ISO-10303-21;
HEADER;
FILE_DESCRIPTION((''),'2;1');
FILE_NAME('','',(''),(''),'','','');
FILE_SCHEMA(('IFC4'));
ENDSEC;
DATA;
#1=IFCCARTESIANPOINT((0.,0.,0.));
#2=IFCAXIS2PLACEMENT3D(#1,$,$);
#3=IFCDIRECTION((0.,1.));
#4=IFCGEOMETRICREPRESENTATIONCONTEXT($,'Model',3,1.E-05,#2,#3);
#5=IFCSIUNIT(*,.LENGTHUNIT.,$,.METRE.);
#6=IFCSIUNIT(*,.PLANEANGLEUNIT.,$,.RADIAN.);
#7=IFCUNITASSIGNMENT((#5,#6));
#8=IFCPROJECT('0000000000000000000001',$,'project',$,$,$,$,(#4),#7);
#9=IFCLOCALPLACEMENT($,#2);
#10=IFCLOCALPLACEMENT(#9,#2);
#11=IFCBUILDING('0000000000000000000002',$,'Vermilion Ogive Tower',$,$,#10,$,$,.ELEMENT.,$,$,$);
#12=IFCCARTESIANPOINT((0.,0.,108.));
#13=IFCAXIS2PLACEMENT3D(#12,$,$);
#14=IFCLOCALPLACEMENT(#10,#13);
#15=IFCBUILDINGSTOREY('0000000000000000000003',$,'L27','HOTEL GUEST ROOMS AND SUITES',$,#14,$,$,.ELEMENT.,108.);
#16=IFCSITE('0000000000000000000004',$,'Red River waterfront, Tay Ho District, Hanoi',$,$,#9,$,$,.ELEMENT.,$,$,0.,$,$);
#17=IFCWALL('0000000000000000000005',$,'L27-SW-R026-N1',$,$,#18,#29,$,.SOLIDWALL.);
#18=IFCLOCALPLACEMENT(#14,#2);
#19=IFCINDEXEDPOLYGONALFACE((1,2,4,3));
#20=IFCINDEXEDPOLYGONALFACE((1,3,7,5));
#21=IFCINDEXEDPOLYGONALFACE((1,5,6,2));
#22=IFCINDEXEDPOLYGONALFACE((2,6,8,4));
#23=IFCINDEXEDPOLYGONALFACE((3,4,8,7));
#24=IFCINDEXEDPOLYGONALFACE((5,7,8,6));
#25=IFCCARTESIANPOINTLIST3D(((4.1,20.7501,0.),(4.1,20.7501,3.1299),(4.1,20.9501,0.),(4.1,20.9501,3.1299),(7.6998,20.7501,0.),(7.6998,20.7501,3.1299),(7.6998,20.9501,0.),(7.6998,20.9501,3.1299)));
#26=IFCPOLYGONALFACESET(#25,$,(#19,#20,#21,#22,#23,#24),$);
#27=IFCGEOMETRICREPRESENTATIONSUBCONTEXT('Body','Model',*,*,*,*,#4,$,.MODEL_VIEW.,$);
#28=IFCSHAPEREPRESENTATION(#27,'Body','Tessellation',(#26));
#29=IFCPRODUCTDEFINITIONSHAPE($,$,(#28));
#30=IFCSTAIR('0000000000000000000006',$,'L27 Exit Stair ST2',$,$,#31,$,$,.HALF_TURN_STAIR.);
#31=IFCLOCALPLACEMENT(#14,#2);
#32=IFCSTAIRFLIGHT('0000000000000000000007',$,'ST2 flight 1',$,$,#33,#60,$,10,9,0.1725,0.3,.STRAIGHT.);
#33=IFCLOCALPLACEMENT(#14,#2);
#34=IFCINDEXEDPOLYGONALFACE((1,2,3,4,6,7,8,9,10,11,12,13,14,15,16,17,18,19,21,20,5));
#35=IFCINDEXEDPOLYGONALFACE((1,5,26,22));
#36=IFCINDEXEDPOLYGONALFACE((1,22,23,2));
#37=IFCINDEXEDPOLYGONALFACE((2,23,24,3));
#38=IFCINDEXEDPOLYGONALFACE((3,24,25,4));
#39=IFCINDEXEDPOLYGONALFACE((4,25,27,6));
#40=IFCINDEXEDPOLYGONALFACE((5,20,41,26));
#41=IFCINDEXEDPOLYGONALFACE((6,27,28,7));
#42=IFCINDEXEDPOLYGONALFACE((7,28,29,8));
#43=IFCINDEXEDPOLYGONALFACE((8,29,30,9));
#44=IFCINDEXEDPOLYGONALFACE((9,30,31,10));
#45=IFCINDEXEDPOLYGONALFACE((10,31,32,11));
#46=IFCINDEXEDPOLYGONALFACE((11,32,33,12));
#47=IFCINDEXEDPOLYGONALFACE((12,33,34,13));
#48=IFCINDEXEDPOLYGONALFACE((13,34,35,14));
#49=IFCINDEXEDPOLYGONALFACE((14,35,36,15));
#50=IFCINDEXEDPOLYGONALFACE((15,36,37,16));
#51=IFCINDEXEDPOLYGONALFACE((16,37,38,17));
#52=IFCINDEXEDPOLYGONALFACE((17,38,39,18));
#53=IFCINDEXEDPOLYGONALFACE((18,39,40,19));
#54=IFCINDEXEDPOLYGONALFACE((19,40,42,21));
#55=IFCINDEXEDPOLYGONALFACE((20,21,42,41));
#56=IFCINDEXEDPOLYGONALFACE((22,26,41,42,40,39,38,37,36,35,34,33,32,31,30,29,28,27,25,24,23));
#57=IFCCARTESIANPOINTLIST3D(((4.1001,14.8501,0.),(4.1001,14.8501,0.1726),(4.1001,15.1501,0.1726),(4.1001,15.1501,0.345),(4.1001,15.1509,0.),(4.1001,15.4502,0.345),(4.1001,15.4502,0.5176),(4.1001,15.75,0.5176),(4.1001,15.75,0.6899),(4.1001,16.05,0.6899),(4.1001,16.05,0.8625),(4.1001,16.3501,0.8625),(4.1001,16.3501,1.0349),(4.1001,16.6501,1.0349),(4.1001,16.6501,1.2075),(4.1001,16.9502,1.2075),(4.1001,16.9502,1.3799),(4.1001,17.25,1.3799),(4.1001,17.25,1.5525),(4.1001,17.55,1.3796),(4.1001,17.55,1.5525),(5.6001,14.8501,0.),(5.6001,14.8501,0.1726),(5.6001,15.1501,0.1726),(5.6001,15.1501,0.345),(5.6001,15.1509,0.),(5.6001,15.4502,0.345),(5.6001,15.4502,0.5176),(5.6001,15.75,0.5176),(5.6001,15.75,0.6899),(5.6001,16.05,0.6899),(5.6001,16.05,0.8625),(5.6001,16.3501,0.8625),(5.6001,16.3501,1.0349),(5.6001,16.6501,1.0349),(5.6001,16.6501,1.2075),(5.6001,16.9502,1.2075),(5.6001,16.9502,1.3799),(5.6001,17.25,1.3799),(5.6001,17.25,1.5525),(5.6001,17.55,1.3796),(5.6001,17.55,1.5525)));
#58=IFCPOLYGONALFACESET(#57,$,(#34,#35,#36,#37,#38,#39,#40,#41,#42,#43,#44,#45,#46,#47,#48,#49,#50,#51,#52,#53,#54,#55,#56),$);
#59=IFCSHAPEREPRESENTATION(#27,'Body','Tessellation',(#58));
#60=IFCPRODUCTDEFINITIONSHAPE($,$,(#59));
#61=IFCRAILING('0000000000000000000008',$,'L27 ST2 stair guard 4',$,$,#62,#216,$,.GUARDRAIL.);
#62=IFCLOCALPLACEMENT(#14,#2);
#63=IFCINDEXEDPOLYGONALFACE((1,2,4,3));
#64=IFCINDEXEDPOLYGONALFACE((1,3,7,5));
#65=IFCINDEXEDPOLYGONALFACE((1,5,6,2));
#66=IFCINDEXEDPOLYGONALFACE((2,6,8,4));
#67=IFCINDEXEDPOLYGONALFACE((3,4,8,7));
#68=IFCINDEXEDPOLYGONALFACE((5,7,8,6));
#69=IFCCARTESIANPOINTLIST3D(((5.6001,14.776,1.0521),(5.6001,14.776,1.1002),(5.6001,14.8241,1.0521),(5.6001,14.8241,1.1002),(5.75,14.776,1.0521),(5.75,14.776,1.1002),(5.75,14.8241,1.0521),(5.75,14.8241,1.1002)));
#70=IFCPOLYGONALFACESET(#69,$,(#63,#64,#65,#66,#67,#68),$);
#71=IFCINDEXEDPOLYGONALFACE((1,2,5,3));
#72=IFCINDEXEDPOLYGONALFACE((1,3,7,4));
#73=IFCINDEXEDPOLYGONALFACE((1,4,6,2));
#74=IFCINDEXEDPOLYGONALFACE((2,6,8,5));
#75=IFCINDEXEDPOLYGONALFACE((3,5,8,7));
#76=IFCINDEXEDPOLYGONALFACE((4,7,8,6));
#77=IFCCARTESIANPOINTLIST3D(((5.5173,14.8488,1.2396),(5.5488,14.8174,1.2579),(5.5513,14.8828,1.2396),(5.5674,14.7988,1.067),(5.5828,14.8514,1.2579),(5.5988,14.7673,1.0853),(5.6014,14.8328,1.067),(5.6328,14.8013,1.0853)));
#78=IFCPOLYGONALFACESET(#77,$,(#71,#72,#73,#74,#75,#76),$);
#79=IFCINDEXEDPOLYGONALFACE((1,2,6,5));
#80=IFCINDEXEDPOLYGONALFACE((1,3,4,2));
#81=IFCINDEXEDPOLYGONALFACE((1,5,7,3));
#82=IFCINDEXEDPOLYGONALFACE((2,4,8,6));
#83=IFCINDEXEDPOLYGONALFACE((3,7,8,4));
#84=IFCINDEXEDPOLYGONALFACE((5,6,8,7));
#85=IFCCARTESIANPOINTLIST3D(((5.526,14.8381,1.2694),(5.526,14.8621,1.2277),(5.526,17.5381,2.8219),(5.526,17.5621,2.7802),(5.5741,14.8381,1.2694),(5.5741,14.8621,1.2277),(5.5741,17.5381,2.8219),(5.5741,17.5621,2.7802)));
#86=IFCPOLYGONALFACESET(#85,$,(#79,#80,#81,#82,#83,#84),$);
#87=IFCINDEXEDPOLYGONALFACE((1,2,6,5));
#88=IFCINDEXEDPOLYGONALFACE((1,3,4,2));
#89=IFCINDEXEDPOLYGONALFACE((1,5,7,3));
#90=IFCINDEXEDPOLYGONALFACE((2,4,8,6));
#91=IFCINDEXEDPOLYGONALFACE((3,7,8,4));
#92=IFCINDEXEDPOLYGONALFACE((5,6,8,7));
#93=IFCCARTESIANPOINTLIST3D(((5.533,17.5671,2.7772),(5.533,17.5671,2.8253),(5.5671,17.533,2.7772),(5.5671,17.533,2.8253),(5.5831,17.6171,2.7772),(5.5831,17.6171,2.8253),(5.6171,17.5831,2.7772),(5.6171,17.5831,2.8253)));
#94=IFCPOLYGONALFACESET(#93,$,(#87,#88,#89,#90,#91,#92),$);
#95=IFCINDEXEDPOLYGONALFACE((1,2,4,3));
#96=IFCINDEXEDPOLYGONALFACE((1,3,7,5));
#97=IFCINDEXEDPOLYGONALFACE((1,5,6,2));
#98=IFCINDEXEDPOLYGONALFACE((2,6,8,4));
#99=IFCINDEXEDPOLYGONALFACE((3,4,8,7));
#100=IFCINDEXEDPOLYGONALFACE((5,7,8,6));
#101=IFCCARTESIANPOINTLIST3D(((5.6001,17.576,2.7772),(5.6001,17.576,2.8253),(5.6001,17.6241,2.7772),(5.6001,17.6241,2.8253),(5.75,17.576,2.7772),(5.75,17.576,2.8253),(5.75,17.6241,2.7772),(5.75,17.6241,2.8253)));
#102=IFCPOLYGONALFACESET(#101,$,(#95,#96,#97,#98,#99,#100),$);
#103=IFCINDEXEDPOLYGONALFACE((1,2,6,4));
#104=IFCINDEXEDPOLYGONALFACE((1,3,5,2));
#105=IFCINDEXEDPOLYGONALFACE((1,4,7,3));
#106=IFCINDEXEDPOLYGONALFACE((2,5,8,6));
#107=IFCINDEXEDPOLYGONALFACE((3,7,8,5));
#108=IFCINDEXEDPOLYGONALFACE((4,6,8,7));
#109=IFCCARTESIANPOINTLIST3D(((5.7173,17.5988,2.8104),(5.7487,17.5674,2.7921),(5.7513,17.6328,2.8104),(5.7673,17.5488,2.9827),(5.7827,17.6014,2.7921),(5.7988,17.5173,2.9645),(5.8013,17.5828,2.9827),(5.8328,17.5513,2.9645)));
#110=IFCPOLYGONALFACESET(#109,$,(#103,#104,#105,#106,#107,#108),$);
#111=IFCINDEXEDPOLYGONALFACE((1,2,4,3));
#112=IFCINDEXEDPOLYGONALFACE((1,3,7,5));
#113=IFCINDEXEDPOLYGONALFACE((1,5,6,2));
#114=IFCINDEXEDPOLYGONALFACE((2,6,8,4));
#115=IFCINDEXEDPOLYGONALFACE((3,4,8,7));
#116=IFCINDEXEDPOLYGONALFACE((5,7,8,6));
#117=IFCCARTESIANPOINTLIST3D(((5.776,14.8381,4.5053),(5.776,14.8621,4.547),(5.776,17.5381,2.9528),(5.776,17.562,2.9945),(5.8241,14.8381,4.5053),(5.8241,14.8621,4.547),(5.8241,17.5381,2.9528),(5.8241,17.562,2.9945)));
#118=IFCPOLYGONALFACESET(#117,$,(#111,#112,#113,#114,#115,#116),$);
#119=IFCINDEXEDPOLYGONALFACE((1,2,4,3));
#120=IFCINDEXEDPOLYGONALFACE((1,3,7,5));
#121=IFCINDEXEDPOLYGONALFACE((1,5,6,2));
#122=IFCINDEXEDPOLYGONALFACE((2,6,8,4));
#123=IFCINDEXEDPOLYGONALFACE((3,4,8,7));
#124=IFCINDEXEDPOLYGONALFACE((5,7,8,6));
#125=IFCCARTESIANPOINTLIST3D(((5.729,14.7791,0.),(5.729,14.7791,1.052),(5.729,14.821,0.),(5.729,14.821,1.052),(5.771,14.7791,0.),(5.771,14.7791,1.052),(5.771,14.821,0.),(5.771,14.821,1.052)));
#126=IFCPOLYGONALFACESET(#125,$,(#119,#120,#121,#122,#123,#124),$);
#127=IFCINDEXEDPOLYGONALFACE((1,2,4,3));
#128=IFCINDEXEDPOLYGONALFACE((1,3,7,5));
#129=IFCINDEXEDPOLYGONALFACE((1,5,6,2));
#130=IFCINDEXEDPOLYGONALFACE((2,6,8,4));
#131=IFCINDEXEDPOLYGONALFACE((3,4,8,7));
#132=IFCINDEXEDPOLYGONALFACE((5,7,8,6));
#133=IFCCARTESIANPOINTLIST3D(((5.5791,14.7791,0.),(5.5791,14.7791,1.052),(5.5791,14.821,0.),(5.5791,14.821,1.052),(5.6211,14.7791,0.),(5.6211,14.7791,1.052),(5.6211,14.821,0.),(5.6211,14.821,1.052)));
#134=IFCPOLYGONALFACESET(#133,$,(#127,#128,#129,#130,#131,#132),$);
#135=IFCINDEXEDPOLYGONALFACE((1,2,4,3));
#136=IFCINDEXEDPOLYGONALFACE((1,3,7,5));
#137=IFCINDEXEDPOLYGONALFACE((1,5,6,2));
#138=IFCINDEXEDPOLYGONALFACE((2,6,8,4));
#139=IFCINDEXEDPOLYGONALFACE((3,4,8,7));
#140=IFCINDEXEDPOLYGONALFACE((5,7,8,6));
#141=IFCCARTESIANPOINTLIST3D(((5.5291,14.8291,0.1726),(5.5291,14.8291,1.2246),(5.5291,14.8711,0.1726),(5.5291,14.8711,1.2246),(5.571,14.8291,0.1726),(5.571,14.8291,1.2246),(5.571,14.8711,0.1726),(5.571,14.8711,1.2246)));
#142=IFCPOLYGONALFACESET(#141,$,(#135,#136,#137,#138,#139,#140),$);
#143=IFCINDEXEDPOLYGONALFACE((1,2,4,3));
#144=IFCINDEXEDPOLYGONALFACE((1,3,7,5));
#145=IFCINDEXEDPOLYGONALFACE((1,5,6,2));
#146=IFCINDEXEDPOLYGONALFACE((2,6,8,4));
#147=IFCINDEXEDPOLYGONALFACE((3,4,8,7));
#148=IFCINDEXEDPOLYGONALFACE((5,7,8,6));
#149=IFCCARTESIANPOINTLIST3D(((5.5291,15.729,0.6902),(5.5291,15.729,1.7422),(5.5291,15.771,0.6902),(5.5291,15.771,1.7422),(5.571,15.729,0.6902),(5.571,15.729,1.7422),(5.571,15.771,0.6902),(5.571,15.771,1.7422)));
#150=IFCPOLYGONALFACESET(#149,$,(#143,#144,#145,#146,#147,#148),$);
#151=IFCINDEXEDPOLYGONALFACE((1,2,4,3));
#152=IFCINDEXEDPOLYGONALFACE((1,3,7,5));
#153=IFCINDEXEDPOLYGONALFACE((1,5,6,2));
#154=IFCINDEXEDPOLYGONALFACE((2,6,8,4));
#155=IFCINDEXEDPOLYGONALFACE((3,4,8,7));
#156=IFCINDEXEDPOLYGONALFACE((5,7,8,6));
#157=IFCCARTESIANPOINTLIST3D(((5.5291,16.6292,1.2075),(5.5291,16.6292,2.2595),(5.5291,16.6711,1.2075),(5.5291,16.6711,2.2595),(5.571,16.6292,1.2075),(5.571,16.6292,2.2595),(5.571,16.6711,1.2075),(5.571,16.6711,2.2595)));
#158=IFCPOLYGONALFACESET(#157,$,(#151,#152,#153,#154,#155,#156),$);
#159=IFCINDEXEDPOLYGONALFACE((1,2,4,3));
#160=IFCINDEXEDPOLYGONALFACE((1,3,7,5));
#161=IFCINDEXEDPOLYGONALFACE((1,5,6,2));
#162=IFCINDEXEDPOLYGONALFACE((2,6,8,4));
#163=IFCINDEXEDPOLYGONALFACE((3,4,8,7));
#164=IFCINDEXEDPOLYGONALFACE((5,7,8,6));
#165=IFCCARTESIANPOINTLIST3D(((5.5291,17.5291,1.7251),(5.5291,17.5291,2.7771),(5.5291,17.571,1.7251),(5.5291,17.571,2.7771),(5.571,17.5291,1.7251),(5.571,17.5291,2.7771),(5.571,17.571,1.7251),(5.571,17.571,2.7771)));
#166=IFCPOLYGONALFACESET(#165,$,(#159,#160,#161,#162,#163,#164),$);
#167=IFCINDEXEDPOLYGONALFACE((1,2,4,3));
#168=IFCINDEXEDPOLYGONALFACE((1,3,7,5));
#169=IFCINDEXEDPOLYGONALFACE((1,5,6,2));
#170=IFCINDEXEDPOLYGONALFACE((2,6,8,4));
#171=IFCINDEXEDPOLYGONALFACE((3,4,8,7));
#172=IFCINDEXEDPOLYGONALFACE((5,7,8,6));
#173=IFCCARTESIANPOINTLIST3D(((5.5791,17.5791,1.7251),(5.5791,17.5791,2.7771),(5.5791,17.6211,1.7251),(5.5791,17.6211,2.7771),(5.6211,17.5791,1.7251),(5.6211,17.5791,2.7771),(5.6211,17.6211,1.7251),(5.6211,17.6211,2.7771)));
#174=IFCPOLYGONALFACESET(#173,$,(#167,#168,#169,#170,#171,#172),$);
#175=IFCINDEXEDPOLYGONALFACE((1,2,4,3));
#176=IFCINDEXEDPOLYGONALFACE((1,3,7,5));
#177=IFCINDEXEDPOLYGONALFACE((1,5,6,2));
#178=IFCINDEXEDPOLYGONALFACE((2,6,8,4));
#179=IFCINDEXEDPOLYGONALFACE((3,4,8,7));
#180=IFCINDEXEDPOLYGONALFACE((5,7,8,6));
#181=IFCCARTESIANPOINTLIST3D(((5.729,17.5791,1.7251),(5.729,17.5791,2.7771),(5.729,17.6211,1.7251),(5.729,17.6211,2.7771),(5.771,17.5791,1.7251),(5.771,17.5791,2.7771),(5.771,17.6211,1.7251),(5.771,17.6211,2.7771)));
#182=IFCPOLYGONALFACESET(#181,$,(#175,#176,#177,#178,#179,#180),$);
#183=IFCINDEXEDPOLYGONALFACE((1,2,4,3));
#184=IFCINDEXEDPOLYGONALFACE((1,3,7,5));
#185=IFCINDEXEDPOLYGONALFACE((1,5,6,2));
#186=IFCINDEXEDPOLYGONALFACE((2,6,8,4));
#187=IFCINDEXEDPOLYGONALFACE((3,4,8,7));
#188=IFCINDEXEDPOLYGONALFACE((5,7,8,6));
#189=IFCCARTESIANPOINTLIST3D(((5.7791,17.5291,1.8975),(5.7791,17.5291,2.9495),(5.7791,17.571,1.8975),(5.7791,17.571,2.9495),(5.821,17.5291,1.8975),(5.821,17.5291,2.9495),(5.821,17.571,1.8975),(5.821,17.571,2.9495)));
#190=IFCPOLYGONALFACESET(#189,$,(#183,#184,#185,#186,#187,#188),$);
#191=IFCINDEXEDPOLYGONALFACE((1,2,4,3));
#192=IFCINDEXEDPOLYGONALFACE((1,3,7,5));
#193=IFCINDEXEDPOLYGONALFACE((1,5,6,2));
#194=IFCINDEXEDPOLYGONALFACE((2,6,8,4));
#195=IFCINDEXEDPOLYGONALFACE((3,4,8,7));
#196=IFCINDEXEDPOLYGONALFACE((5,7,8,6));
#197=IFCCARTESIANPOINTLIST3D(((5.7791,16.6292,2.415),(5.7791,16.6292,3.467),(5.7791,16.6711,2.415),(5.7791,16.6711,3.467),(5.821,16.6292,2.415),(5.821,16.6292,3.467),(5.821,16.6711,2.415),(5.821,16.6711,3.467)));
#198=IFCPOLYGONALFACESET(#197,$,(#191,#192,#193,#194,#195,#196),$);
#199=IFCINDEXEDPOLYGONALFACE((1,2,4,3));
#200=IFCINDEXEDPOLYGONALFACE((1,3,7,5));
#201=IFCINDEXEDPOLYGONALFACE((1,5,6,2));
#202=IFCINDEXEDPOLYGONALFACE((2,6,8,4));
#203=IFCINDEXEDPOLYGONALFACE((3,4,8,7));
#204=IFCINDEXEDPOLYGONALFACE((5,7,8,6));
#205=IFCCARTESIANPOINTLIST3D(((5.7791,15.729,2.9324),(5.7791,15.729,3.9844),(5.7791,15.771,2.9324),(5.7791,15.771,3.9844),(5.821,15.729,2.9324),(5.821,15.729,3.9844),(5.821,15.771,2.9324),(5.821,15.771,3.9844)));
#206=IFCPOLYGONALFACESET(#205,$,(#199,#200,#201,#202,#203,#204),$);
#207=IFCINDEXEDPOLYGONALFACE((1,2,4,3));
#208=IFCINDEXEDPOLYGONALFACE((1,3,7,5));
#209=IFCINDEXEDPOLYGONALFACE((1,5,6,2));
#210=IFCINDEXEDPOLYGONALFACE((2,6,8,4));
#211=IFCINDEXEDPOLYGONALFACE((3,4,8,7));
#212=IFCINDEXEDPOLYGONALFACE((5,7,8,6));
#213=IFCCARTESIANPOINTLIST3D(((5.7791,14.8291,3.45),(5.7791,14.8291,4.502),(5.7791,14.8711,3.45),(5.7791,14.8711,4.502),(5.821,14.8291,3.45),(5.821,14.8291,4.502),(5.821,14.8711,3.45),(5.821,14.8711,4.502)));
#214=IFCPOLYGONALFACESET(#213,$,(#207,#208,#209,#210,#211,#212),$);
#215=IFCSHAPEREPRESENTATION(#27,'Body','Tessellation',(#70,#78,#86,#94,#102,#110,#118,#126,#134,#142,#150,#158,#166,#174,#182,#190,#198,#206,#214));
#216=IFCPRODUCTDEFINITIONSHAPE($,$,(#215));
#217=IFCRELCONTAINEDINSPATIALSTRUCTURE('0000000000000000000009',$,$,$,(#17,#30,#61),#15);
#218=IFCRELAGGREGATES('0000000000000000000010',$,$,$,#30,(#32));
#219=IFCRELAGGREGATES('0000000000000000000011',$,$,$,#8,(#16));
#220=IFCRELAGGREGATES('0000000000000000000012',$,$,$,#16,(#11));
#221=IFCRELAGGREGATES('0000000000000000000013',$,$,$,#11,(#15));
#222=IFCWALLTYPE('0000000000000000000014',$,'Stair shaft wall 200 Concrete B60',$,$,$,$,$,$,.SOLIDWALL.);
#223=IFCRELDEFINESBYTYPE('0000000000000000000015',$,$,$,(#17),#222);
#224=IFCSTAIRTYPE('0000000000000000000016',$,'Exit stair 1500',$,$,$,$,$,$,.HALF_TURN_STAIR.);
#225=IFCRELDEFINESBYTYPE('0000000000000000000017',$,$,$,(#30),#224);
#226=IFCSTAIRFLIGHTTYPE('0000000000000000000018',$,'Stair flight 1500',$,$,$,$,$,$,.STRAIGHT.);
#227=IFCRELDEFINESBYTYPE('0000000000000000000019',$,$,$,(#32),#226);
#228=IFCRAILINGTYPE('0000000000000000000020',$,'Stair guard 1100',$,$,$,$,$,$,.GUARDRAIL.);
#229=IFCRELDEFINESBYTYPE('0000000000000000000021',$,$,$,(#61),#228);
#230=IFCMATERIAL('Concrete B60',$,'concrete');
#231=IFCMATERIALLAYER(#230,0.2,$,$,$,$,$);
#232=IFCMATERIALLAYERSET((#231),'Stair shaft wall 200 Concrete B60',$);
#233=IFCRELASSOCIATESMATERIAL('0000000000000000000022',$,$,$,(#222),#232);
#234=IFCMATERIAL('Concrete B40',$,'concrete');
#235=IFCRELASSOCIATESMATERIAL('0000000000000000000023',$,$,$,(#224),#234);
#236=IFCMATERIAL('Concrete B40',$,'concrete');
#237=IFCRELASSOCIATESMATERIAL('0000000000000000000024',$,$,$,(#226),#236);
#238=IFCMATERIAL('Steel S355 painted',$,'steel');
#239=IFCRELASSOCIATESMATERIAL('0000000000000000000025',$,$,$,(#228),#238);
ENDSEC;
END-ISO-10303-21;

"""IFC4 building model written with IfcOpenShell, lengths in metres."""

from ifc_helpers import new_model, si_unit, direction, frame, frame_2d, origin, origin_2d, place, context, subcontext, project, spatial, polyline, rectangle, outline, extrude, material, layer, layer_set, type_object, element, aggregate, save


model = new_model("IFC4")

# Units and contexts
model_context = context("Model", 3, precision=1e-05, world=origin(), true_north=direction((0.0, 1.0)))
body_context = subcontext(model_context, "Body", "Model", "MODEL_VIEW")
ifc_project = project(units=[si_unit("LENGTHUNIT", "METRE"), si_unit("PLANEANGLEUNIT", "RADIAN")], contexts=[model_context])

# Site, building, storey
site_placement = place(None, origin())
site = spatial("IfcSite", under=ifc_project, at=site_placement, Name="Red River waterfront, Tay Ho District, Hanoi", CompositionType="ELEMENT", RefElevation=0.0)
building_placement = place(site_placement, origin())
building = spatial("IfcBuilding", under=site, at=building_placement, Name="Vermilion Ogive Tower", CompositionType="ELEMENT")
storey_placement = place(building_placement, frame((0.0, 0.0, 108.0)))
storey = spatial("IfcBuildingStorey", under=building, at=storey_placement, Name="L27", Description="HOTEL GUEST ROOMS AND SUITES", CompositionType="ELEMENT", Elevation=108.0)

# Shared definitions
ifc_material_1 = material(Name="Concrete B60", Category="concrete")
ifc_layer_1 = layer(ifc_material_1, 0.2)
ifc_layer_set_1 = layer_set([ifc_layer_1], Name="Stair shaft wall 200 Concrete B60")
wall_type_1 = type_object("IfcWallType", Name="Stair shaft wall 200 Concrete B60", PredefinedType="SOLIDWALL", material=ifc_layer_set_1)

# Wall
wall_1_placement = place(storey_placement, frame((4.1001, 20.8501, 0.0), z_axis=(0.0, 0.0, 1.0), x_axis=(1.0, 0.0, 0.0)))
element("IfcWall", 1, at=wall_1_placement, inside=storey, type_object=wall_type_1, Name="L27-SW-R026-N1", PredefinedType="SOLIDWALL", context=body_context, shape_type="SweptSolid", body=[
    extrude(rectangle(XDim=3.5999, YDim=0.2, at=frame_2d((1.7998, 0.0))), origin(), (0.0, 0.0, 1.0), 3.1299),
])

# Stair, stair flight
ifc_material_2 = material(Name="Concrete B40", Category="concrete")
stair_type = type_object("IfcStairType", Name="Exit stair 1500", PredefinedType="HALF_TURN_STAIR", material=ifc_material_2)
stair_placement = place(storey_placement, origin())
stair = element("IfcStair", 2, at=stair_placement, inside=storey, type_object=stair_type, Name="L27 Exit Stair ST2", PredefinedType="HALF_TURN_STAIR")
ifc_material_3 = material(Name="Concrete B40", Category="concrete")
stair_flight_type = type_object("IfcStairFlightType", Name="Stair flight 1500", PredefinedType="STRAIGHT", material=ifc_material_3)
stair_flight_placement = place(storey_placement, frame((4.8501, 14.8501, 0.0), z_axis=(0.0, 0.0, 1.0), x_axis=(0.0, 1.0, 0.0)))
stair_flight = element("IfcStairFlight", 3, at=stair_flight_placement, type_object=stair_flight_type, Name="ST2 flight 1", NumberOfRisers=10, NumberOfTreads=9, PredefinedType="STRAIGHT", RiserHeight=0.1725, TreadLength=0.3, context=body_context, shape_type="SweptSolid", body=[
    extrude(outline(polyline([(0.0, 0.0), (0.0, 0.1726), (0.3, 0.1726), (0.3, 0.345), (0.6001, 0.345), (0.6001, 0.5176), (0.8999, 0.5176), (0.8999, 0.6899), (1.2, 0.6899), (1.2, 0.8625), (1.5, 0.8625), (1.5, 1.0349), (1.8, 1.0349), (1.8, 1.2075), (2.1001, 1.2075), (2.1001, 1.3799), (2.3999, 1.3799), (2.3999, 1.5525), (2.7, 1.5525), (2.7, 1.7251), (2.7, 1.3796), (0.3008, 0.0), (0.0, 0.0)])), frame((0.0, 0.75, 0.0), z_axis=(0.0, -1.0, 0.0), x_axis=(1.0, 0.0, 0.0)), (0.0, 0.0, 1.0), 1.5),
])
aggregate(stair, [stair_flight])

# Railing
ifc_material_4 = material(Name="Steel S355 painted", Category="steel")
railing_type_1 = type_object("IfcRailingType", Name="Stair guard 1100", PredefinedType="GUARDRAIL", material=ifc_material_4)
railing_1_placement = place(storey_placement, frame((5.75, 14.8, 0.0)))
element("IfcRailing", 4, at=railing_1_placement, inside=storey, type_object=railing_type_1, Name="L27 ST2 stair guard 4", PredefinedType="GUARDRAIL", context=body_context, shape_type="SweptSolid", body=[
    extrude(rectangle(XDim=0.0481, YDim=0.0481, at=origin_2d()), frame((0.0, 0.0, 1.0762), z_axis=(-1.0, 0.0, 0.0), x_axis=(0.0, -1.0, 0.0)), (0.0, 0.0, 1.0), 0.1499),
    extrude(rectangle(XDim=0.0481, YDim=0.0481, at=origin_2d()), frame((-0.1499, 0.0, 1.0762), z_axis=(-0.268278, 0.268278, 0.925232), x_axis=(-0.707107, -0.707107, 0.0)), (0.0, 0.0, 1.0), 0.1865),
    extrude(rectangle(XDim=0.0481, YDim=0.0481, at=origin_2d()), frame((-0.2, 0.05, 1.2485), z_axis=(0.0, 0.866904, 0.498476), x_axis=(-1.0, 0.0, 0.0)), (0.0, 0.0, 1.0), 3.1145),
    extrude(rectangle(XDim=0.0481, YDim=0.0481, at=origin_2d()), frame((-0.2, 2.75, 2.8013), z_axis=(0.707107, 0.707107, 0.0), x_axis=(-0.707107, 0.707107, 0.0)), (0.0, 0.0, 1.0), 0.0708),
    extrude(rectangle(XDim=0.0481, YDim=0.0481, at=origin_2d()), frame((-0.1499, 2.8, 2.8013), z_axis=(1.0, 0.0, 0.0), x_axis=(0.0, 1.0, 0.0)), (0.0, 0.0, 1.0), 0.1499),
    extrude(rectangle(XDim=0.0481, YDim=0.0481, at=origin_2d()), frame((0.0, 2.8, 2.8013), z_axis=(0.268603, -0.268603, 0.925043), x_axis=(0.707107, 0.707107, 0.0)), (0.0, 0.0, 1.0), 0.1863),
    extrude(rectangle(XDim=0.0481, YDim=0.0481, at=origin_2d()), frame((0.05, 2.75, 2.9736), z_axis=(0.0, -0.866904, 0.498476), x_axis=(1.0, 0.0, 0.0)), (0.0, 0.0, 1.0), 3.1145),
    extrude(rectangle(XDim=0.042, YDim=0.042, at=origin_2d()), origin(), (0.0, 0.0, 1.0), 1.052),
    extrude(rectangle(XDim=0.042, YDim=0.042, at=origin_2d()), frame((-0.1499, 0.0, 0.0)), (0.0, 0.0, 1.0), 1.052),
    extrude(rectangle(XDim=0.042, YDim=0.042, at=origin_2d()), frame((-0.2, 0.05, 0.1726)), (0.0, 0.0, 1.0), 1.052),
    extrude(rectangle(XDim=0.042, YDim=0.042, at=origin_2d()), frame((-0.2, 0.95, 0.6902)), (0.0, 0.0, 1.0), 1.052),
    extrude(rectangle(XDim=0.042, YDim=0.042, at=origin_2d()), frame((-0.2, 1.8501, 1.2075)), (0.0, 0.0, 1.0), 1.052),
    extrude(rectangle(XDim=0.042, YDim=0.042, at=origin_2d()), frame((-0.2, 2.75, 1.7251)), (0.0, 0.0, 1.0), 1.052),
    extrude(rectangle(XDim=0.042, YDim=0.042, at=origin_2d()), frame((-0.1499, 2.8, 1.7251)), (0.0, 0.0, 1.0), 1.052),
    extrude(rectangle(XDim=0.042, YDim=0.042, at=origin_2d()), frame((0.0, 2.8, 1.7251)), (0.0, 0.0, 1.0), 1.052),
    extrude(rectangle(XDim=0.042, YDim=0.042, at=origin_2d()), frame((0.05, 2.75, 1.8975)), (0.0, 0.0, 1.0), 1.052),
    extrude(rectangle(XDim=0.042, YDim=0.042, at=origin_2d()), frame((0.05, 1.8501, 2.415)), (0.0, 0.0, 1.0), 1.052),
    extrude(rectangle(XDim=0.042, YDim=0.042, at=origin_2d()), frame((0.05, 0.95, 2.9324)), (0.0, 0.0, 1.0), 1.052),
    extrude(rectangle(XDim=0.042, YDim=0.042, at=origin_2d()), frame((0.05, 0.05, 3.45)), (0.0, 0.0, 1.0), 1.052),
])

save(model, "model.ifc")
